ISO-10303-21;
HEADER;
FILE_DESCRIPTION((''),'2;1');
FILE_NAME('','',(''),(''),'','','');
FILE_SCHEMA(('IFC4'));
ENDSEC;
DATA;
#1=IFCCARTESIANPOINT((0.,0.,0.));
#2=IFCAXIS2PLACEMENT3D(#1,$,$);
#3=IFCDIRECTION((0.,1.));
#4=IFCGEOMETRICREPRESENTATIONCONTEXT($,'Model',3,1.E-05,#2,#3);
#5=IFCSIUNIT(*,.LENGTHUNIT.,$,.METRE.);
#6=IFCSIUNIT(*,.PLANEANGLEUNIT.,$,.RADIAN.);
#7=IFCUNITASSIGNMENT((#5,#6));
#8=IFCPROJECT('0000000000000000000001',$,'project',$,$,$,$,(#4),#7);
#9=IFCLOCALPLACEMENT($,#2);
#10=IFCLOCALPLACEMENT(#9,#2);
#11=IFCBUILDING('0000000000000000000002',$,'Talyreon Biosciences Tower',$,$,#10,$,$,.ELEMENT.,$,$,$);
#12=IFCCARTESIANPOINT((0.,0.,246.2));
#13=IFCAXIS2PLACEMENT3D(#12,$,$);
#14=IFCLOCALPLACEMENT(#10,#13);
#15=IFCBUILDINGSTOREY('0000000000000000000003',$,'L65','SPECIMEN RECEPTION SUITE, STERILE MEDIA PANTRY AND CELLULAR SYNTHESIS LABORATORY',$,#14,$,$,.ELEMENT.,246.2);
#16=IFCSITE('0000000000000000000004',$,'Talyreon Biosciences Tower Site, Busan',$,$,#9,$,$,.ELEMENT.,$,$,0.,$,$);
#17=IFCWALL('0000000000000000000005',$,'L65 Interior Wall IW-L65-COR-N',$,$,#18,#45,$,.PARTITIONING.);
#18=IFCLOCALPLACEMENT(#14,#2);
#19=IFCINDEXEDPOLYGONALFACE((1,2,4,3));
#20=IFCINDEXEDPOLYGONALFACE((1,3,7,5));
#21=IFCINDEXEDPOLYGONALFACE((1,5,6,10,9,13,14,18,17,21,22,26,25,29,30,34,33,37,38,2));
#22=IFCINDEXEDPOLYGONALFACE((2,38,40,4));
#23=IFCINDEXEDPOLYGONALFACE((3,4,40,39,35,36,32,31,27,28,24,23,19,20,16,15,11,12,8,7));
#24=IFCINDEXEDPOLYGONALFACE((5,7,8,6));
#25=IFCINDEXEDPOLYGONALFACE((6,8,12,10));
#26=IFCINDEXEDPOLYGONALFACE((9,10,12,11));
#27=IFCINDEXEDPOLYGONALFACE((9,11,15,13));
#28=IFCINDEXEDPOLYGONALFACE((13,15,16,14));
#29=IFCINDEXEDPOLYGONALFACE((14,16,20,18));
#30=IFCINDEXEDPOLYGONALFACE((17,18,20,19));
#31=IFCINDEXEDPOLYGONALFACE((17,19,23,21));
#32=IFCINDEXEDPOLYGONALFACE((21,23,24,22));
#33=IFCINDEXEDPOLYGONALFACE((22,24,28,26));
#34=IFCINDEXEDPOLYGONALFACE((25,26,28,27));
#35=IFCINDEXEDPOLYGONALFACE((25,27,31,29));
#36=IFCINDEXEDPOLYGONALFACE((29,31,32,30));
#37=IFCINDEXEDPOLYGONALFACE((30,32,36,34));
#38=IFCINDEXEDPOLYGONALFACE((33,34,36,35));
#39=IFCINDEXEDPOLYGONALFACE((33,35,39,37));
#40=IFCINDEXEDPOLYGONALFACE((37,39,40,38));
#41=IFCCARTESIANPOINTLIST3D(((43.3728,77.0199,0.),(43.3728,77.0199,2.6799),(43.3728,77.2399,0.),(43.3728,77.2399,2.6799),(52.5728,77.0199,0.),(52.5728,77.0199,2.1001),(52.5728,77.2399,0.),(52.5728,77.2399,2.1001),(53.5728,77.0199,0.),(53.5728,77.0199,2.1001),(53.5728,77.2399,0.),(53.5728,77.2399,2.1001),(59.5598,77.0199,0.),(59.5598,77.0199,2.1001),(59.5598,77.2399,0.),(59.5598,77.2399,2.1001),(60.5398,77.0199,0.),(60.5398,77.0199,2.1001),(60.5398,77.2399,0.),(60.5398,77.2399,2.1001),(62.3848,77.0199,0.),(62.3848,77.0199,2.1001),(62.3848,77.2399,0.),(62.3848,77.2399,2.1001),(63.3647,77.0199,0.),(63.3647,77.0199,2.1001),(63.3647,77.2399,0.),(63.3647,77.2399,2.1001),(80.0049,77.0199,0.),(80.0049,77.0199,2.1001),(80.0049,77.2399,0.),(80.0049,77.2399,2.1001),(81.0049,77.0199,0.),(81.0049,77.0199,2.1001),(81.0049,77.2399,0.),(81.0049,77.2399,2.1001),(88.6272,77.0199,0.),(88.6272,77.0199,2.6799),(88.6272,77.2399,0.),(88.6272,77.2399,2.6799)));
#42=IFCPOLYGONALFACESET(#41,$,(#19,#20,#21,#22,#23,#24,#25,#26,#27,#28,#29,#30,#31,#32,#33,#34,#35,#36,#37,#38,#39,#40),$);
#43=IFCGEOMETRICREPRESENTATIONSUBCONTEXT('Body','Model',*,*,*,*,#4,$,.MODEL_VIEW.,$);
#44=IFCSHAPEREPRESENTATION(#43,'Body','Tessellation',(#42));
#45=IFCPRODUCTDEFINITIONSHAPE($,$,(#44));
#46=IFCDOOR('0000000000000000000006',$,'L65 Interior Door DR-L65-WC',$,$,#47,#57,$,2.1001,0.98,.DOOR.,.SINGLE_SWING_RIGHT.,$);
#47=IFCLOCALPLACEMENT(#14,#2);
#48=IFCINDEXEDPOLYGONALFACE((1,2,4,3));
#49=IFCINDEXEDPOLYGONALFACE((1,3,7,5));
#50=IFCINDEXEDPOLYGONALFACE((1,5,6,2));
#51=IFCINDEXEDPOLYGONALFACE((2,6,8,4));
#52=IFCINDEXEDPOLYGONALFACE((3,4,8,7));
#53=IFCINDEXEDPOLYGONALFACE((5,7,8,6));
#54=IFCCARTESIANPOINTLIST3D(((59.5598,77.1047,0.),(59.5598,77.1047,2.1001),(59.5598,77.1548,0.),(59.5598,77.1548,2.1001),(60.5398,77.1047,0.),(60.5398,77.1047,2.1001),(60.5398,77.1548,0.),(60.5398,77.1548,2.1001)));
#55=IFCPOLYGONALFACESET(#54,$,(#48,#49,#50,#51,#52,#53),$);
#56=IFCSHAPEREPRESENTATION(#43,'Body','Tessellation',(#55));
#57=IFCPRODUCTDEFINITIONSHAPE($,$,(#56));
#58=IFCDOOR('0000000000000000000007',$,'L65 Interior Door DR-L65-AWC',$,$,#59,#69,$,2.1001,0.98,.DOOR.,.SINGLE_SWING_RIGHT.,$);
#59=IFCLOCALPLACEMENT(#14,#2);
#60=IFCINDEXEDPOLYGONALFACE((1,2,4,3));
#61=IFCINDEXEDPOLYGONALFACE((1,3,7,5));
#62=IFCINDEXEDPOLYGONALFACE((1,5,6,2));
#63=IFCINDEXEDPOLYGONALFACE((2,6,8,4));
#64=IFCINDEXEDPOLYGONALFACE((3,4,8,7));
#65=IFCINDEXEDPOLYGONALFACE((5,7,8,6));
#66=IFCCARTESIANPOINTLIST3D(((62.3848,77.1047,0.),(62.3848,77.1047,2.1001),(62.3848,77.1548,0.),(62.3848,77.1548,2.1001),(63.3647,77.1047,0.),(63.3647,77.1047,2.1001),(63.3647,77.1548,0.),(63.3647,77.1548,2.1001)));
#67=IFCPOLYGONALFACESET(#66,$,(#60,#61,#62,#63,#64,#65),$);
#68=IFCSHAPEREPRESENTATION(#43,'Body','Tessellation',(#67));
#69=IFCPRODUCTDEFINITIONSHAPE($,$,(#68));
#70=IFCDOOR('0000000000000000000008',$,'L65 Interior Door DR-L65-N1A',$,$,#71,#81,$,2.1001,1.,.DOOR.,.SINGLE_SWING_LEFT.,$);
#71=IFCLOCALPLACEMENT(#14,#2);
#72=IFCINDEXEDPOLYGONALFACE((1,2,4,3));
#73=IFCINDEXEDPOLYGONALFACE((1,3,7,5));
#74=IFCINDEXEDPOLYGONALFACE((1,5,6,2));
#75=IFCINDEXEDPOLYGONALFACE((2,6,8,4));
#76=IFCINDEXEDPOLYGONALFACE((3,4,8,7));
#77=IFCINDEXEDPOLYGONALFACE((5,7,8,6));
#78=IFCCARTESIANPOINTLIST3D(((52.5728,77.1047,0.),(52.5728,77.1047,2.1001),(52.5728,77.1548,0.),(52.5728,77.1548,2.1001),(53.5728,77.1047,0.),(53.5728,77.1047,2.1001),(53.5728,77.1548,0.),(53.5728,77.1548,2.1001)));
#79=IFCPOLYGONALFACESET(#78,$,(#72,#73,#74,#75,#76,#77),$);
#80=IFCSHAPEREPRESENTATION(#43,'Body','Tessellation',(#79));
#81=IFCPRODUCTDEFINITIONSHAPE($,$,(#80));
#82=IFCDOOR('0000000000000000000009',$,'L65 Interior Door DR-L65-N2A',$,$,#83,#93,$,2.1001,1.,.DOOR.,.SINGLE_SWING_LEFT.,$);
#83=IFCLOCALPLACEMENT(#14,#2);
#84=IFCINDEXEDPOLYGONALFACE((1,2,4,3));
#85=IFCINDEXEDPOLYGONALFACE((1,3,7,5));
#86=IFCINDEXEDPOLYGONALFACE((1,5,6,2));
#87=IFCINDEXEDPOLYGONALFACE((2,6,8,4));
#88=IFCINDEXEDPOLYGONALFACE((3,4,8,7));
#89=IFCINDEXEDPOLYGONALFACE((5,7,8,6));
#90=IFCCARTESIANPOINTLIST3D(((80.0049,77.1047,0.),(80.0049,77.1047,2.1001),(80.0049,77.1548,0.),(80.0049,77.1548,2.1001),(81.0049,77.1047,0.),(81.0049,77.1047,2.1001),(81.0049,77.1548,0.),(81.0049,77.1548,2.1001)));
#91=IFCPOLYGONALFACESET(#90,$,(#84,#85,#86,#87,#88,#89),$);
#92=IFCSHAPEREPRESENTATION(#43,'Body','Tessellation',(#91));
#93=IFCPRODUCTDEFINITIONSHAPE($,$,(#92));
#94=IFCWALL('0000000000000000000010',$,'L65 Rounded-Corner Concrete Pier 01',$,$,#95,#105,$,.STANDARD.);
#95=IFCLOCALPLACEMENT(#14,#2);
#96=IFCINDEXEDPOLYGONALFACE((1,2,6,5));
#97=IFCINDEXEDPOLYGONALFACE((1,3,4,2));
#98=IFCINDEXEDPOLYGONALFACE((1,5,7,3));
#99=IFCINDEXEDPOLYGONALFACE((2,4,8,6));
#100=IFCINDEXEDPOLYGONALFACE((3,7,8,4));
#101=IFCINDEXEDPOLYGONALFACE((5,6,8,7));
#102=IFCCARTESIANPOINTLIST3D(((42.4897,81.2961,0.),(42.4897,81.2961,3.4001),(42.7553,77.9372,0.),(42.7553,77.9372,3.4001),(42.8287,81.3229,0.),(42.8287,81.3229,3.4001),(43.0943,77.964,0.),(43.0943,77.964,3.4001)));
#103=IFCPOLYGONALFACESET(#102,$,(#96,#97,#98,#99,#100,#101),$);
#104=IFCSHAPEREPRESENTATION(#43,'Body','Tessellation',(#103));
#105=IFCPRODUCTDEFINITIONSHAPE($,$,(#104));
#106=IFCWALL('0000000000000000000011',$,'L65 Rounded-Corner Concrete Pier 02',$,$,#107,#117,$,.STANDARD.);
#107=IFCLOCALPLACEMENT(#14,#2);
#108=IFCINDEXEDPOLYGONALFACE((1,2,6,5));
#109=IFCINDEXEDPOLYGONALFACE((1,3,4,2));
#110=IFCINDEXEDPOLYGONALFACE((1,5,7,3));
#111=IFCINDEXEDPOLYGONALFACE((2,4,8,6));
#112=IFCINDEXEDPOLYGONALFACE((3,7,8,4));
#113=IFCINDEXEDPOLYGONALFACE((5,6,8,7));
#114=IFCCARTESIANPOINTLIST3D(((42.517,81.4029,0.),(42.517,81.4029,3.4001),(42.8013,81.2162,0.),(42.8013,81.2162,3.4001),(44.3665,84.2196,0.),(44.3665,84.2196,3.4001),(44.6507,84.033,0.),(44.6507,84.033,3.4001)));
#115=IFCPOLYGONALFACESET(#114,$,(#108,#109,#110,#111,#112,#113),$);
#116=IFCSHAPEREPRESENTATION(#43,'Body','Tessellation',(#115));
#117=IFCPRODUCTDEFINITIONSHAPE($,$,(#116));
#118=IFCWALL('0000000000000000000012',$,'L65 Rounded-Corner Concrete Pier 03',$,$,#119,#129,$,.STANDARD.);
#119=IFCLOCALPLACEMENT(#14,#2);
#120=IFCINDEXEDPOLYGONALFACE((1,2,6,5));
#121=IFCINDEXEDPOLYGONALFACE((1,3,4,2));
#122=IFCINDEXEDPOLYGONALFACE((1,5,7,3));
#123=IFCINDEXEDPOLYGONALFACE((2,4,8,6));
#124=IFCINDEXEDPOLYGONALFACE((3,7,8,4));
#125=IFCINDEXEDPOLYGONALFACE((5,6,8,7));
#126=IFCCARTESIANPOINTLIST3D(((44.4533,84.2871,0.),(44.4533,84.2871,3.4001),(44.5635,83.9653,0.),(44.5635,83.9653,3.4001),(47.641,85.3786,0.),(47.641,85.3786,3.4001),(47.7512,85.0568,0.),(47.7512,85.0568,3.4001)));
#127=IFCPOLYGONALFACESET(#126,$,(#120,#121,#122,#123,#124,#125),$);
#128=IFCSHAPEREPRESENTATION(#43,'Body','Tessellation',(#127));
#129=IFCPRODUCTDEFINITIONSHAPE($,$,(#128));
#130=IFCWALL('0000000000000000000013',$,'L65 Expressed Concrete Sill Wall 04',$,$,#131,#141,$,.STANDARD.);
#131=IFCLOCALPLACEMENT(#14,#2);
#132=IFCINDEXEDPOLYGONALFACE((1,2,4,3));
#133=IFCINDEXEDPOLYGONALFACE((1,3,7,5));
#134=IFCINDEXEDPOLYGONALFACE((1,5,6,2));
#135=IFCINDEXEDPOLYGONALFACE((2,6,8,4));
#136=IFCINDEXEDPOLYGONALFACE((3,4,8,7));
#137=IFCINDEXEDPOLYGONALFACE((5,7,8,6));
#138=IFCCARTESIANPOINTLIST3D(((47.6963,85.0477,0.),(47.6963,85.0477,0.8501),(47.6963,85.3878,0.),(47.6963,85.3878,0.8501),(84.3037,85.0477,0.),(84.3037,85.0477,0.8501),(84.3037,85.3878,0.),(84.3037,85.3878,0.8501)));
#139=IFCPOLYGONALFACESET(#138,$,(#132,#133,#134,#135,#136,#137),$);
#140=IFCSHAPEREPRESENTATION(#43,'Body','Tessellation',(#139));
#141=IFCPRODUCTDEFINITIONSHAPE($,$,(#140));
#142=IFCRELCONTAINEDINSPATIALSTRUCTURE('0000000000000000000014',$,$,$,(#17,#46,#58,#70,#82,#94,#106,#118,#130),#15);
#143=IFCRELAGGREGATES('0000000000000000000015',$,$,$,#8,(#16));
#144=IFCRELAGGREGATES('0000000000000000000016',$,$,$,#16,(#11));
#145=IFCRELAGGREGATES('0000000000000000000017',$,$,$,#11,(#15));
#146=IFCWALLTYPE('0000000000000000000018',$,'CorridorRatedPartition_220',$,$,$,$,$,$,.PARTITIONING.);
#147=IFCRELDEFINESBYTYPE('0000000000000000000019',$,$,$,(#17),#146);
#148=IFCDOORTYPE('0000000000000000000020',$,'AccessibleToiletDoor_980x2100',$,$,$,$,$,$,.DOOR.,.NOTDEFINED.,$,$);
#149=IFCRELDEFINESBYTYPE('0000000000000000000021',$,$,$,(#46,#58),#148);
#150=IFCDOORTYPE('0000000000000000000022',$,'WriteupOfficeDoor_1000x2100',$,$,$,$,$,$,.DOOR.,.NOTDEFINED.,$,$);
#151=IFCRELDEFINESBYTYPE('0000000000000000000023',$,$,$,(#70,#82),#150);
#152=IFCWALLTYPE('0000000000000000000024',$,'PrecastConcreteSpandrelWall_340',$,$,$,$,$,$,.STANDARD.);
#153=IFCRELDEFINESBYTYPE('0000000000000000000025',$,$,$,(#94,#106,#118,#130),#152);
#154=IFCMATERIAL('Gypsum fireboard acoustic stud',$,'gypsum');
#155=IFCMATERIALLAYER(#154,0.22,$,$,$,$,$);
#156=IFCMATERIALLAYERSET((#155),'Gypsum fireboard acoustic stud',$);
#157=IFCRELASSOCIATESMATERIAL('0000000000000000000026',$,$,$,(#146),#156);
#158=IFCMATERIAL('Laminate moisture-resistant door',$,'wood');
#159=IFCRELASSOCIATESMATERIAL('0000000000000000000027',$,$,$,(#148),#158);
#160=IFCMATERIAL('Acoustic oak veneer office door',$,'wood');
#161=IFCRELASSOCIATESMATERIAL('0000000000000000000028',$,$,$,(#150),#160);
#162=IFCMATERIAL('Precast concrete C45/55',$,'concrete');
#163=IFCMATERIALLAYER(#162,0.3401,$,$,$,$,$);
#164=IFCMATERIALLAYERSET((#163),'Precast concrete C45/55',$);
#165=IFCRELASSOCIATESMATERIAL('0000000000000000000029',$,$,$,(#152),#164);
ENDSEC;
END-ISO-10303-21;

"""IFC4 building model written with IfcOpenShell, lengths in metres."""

from ifc_helpers import new_model, si_unit, direction, frame, frame_2d, origin, place, context, subcontext, project, spatial, rectangle, extrude, material, layer, layer_set, type_object, element, fill, save


model = new_model("IFC4")

# Units and contexts
model_context = context("Model", 3, precision=1e-05, world=origin(), true_north=direction((0.0, 1.0)))
body_context = subcontext(model_context, "Body", "Model", "MODEL_VIEW")
ifc_project = project(units=[si_unit("LENGTHUNIT", "METRE"), si_unit("PLANEANGLEUNIT", "RADIAN")], contexts=[model_context])

# Site, building, storey
site_placement = place(None, origin())
site = spatial("IfcSite", under=ifc_project, at=site_placement, Name="Talyreon Biosciences Tower Site, Busan", CompositionType="ELEMENT", RefElevation=0.0)
building_placement = place(site_placement, origin())
building = spatial("IfcBuilding", under=site, at=building_placement, Name="Talyreon Biosciences Tower", CompositionType="ELEMENT")
storey_placement = place(building_placement, frame((0.0, 0.0, 246.2)))
storey = spatial("IfcBuildingStorey", under=building, at=storey_placement, Name="L65", Description="SPECIMEN RECEPTION SUITE, STERILE MEDIA PANTRY AND CELLULAR SYNTHESIS LABORATORY", CompositionType="ELEMENT", Elevation=246.2)

# Shared definitions
ifc_material_1 = material(Name="Precast concrete C45/55", Category="concrete")

# Wall, openings, doors
ifc_material_2 = material(Name="Gypsum fireboard acoustic stud", Category="gypsum")
ifc_layer_1 = layer(ifc_material_2, 0.22)
ifc_layer_set_1 = layer_set([ifc_layer_1], Name="Gypsum fireboard acoustic stud")
wall_type_1 = type_object("IfcWallType", Name="CorridorRatedPartition_220", PredefinedType="PARTITIONING", material=ifc_layer_set_1)
wall_1_placement = place(storey_placement, frame((43.3728, 77.1299, 0.0), z_axis=(0.0, 0.0, 1.0), x_axis=(1.0, 0.0, 0.0)))
wall_1 = element("IfcWall", 1, at=wall_1_placement, inside=storey, type_object=wall_type_1, Name="L65 Interior Wall IW-L65-COR-N", PredefinedType="PARTITIONING", context=body_context, shape_type="SweptSolid", body=[
    extrude(rectangle(XDim=45.2544, YDim=0.22, at=frame_2d((22.6272, 0.0))), origin(), (0.0, 0.0, 1.0), 2.6799),
])
opening_1_placement = place(wall_1_placement, frame((16.187, 0.0, 0.0)))
opening_1 = element("IfcOpeningElement", 2, at=opening_1_placement, cuts=wall_1, PredefinedType="OPENING", context=body_context, shape_type="SweptSolid", body=[
    extrude(rectangle(XDim=0.98, YDim=2.1001, at=frame_2d((0.49, 1.05))), frame((0.0, 0.1199, 0.0), z_axis=(0.0, -1.0, 0.0), x_axis=(1.0, 0.0, 0.0)), (0.0, 0.0, 1.0), 0.24),
])
opening_2_placement = place(wall_1_placement, frame((19.012, 0.0, 0.0)))
opening_2 = element("IfcOpeningElement", 3, at=opening_2_placement, cuts=wall_1, PredefinedType="OPENING", context=body_context, shape_type="SweptSolid", body=[
    extrude(rectangle(XDim=0.98, YDim=2.1001, at=frame_2d((0.49, 1.05))), frame((0.0, 0.1199, 0.0), z_axis=(0.0, -1.0, 0.0), x_axis=(1.0, 0.0, 0.0)), (0.0, 0.0, 1.0), 0.24),
])
opening_3_placement = place(wall_1_placement, frame((9.2, 0.0, 0.0)))
opening_3 = element("IfcOpeningElement", 4, at=opening_3_placement, cuts=wall_1, PredefinedType="OPENING", context=body_context, shape_type="SweptSolid", body=[
    extrude(rectangle(XDim=1.0, YDim=2.1001, at=frame_2d((0.5, 1.05))), frame((0.0, 0.1199, 0.0), z_axis=(0.0, -1.0, 0.0), x_axis=(1.0, 0.0, 0.0)), (0.0, 0.0, 1.0), 0.24),
])
opening_4_placement = place(wall_1_placement, frame((36.6321, 0.0, 0.0)))
opening_4 = element("IfcOpeningElement", 5, at=opening_4_placement, cuts=wall_1, PredefinedType="OPENING", context=body_context, shape_type="SweptSolid", body=[
    extrude(rectangle(XDim=1.0, YDim=2.1001, at=frame_2d((0.5, 1.05))), frame((0.0, 0.1199, 0.0), z_axis=(0.0, -1.0, 0.0), x_axis=(1.0, 0.0, 0.0)), (0.0, 0.0, 1.0), 0.24),
])
ifc_material_3 = material(Name="Laminate moisture-resistant door", Category="wood")
door_type_1 = type_object("IfcDoorType", Name="AccessibleToiletDoor_980x2100", OperationType="NOTDEFINED", PredefinedType="DOOR", material=ifc_material_3)
door_1_placement = place(opening_1_placement, origin())
door_1 = element("IfcDoor", 6, at=door_1_placement, inside=storey, type_object=door_type_1, Name="L65 Interior Door DR-L65-WC", OperationType="SINGLE_SWING_RIGHT", OverallHeight=2.1001, OverallWidth=0.98, PredefinedType="DOOR", context=body_context, shape_type="SweptSolid", body=[
    extrude(rectangle(XDim=0.98, YDim=2.1001, at=frame_2d((0.49, 1.05))), frame((0.0, 0.0249, 0.0), z_axis=(0.0, -1.0, 0.0), x_axis=(1.0, 0.0, 0.0)), (0.0, 0.0, 1.0), 0.05),
])
fill(opening_1, door_1)
door_2_placement = place(opening_2_placement, origin())
door_2 = element("IfcDoor", 7, at=door_2_placement, inside=storey, type_object=door_type_1, Name="L65 Interior Door DR-L65-AWC", OperationType="SINGLE_SWING_RIGHT", OverallHeight=2.1001, OverallWidth=0.98, PredefinedType="DOOR", context=body_context, shape_type="SweptSolid", body=[
    extrude(rectangle(XDim=0.98, YDim=2.1001, at=frame_2d((0.49, 1.05))), frame((0.0, 0.0249, 0.0), z_axis=(0.0, -1.0, 0.0), x_axis=(1.0, 0.0, 0.0)), (0.0, 0.0, 1.0), 0.05),
])
fill(opening_2, door_2)
ifc_material_4 = material(Name="Acoustic oak veneer office door", Category="wood")
door_type_2 = type_object("IfcDoorType", Name="WriteupOfficeDoor_1000x2100", OperationType="NOTDEFINED", PredefinedType="DOOR", material=ifc_material_4)
door_3_placement = place(opening_3_placement, origin())
door_3 = element("IfcDoor", 8, at=door_3_placement, inside=storey, type_object=door_type_2, Name="L65 Interior Door DR-L65-N1A", OperationType="SINGLE_SWING_LEFT", OverallHeight=2.1001, OverallWidth=1.0, PredefinedType="DOOR", context=body_context, shape_type="SweptSolid", body=[
    extrude(rectangle(XDim=1.0, YDim=2.1001, at=frame_2d((0.5, 1.05))), frame((0.0, 0.0249, 0.0), z_axis=(0.0, -1.0, 0.0), x_axis=(1.0, 0.0, 0.0)), (0.0, 0.0, 1.0), 0.05),
])
fill(opening_3, door_3)
door_4_placement = place(opening_4_placement, origin())
door_4 = element("IfcDoor", 9, at=door_4_placement, inside=storey, type_object=door_type_2, Name="L65 Interior Door DR-L65-N2A", OperationType="SINGLE_SWING_LEFT", OverallHeight=2.1001, OverallWidth=1.0, PredefinedType="DOOR", context=body_context, shape_type="SweptSolid", body=[
    extrude(rectangle(XDim=1.0, YDim=2.1001, at=frame_2d((0.5, 1.05))), frame((0.0, 0.0249, 0.0), z_axis=(0.0, -1.0, 0.0), x_axis=(1.0, 0.0, 0.0)), (0.0, 0.0, 1.0), 0.05),
])
fill(opening_4, door_4)

# Walls
ifc_layer_2 = layer(ifc_material_1, 0.3401)
ifc_layer_set_2 = layer_set([ifc_layer_2], Name="Precast concrete C45/55")
wall_type_2 = type_object("IfcWallType", Name="PrecastConcreteSpandrelWall_340", PredefinedType="STANDARD", material=ifc_layer_set_2)
wall_2_placement = place(storey_placement, frame((42.9248, 77.9507, 0.0), z_axis=(0.0, 0.0, 1.0), x_axis=(-0.078835, 0.996888, 0.0)))
element("IfcWall", 10, at=wall_2_placement, inside=storey, type_object=wall_type_2, Name="L65 Rounded-Corner Concrete Pier 01", PredefinedType="STANDARD", context=body_context, shape_type="SweptSolid", body=[
    extrude(rectangle(XDim=3.3694, YDim=0.3401, at=frame_2d((1.6846, 0.0))), origin(), (0.0, 0.0, 1.0), 3.4001),
])
wall_3_placement = place(storey_placement, frame((42.6592, 81.3096, 0.0), z_axis=(0.0, 0.0, 1.0), x_axis=(0.548851, 0.83592, 0.0)))
element("IfcWall", 11, at=wall_3_placement, inside=storey, type_object=wall_type_2, Name="L65 Rounded-Corner Concrete Pier 02", PredefinedType="STANDARD", context=body_context, shape_type="SweptSolid", body=[
    extrude(rectangle(XDim=3.3696, YDim=0.3401, at=frame_2d((1.6848, 0.0))), origin(), (0.0, 0.0, 1.0), 3.4001),
])
wall_4_placement = place(storey_placement, frame((44.5085, 84.1262, 0.0), z_axis=(0.0, 0.0, 1.0), x_axis=(0.946072, 0.323956, 0.0)))
element("IfcWall", 12, at=wall_4_placement, inside=storey, type_object=wall_type_2, Name="L65 Rounded-Corner Concrete Pier 03", PredefinedType="STANDARD", context=body_context, shape_type="SweptSolid", body=[
    extrude(rectangle(XDim=3.3694, YDim=0.3401, at=frame_2d((1.6846, 0.0))), origin(), (0.0, 0.0, 1.0), 3.4001),
])
wall_5_placement = place(storey_placement, frame((47.6963, 85.2178, 0.0), z_axis=(0.0, 0.0, 1.0), x_axis=(1.0, 0.0, 0.0)))
element("IfcWall", 13, at=wall_5_placement, inside=storey, type_object=wall_type_2, Name="L65 Expressed Concrete Sill Wall 04", PredefinedType="STANDARD", context=body_context, shape_type="SweptSolid", body=[
    extrude(rectangle(XDim=36.6074, YDim=0.3401, at=frame_2d((18.3037, 0.0))), origin(), (0.0, 0.0, 1.0), 0.8501),
])

save(model, "model.ifc")
